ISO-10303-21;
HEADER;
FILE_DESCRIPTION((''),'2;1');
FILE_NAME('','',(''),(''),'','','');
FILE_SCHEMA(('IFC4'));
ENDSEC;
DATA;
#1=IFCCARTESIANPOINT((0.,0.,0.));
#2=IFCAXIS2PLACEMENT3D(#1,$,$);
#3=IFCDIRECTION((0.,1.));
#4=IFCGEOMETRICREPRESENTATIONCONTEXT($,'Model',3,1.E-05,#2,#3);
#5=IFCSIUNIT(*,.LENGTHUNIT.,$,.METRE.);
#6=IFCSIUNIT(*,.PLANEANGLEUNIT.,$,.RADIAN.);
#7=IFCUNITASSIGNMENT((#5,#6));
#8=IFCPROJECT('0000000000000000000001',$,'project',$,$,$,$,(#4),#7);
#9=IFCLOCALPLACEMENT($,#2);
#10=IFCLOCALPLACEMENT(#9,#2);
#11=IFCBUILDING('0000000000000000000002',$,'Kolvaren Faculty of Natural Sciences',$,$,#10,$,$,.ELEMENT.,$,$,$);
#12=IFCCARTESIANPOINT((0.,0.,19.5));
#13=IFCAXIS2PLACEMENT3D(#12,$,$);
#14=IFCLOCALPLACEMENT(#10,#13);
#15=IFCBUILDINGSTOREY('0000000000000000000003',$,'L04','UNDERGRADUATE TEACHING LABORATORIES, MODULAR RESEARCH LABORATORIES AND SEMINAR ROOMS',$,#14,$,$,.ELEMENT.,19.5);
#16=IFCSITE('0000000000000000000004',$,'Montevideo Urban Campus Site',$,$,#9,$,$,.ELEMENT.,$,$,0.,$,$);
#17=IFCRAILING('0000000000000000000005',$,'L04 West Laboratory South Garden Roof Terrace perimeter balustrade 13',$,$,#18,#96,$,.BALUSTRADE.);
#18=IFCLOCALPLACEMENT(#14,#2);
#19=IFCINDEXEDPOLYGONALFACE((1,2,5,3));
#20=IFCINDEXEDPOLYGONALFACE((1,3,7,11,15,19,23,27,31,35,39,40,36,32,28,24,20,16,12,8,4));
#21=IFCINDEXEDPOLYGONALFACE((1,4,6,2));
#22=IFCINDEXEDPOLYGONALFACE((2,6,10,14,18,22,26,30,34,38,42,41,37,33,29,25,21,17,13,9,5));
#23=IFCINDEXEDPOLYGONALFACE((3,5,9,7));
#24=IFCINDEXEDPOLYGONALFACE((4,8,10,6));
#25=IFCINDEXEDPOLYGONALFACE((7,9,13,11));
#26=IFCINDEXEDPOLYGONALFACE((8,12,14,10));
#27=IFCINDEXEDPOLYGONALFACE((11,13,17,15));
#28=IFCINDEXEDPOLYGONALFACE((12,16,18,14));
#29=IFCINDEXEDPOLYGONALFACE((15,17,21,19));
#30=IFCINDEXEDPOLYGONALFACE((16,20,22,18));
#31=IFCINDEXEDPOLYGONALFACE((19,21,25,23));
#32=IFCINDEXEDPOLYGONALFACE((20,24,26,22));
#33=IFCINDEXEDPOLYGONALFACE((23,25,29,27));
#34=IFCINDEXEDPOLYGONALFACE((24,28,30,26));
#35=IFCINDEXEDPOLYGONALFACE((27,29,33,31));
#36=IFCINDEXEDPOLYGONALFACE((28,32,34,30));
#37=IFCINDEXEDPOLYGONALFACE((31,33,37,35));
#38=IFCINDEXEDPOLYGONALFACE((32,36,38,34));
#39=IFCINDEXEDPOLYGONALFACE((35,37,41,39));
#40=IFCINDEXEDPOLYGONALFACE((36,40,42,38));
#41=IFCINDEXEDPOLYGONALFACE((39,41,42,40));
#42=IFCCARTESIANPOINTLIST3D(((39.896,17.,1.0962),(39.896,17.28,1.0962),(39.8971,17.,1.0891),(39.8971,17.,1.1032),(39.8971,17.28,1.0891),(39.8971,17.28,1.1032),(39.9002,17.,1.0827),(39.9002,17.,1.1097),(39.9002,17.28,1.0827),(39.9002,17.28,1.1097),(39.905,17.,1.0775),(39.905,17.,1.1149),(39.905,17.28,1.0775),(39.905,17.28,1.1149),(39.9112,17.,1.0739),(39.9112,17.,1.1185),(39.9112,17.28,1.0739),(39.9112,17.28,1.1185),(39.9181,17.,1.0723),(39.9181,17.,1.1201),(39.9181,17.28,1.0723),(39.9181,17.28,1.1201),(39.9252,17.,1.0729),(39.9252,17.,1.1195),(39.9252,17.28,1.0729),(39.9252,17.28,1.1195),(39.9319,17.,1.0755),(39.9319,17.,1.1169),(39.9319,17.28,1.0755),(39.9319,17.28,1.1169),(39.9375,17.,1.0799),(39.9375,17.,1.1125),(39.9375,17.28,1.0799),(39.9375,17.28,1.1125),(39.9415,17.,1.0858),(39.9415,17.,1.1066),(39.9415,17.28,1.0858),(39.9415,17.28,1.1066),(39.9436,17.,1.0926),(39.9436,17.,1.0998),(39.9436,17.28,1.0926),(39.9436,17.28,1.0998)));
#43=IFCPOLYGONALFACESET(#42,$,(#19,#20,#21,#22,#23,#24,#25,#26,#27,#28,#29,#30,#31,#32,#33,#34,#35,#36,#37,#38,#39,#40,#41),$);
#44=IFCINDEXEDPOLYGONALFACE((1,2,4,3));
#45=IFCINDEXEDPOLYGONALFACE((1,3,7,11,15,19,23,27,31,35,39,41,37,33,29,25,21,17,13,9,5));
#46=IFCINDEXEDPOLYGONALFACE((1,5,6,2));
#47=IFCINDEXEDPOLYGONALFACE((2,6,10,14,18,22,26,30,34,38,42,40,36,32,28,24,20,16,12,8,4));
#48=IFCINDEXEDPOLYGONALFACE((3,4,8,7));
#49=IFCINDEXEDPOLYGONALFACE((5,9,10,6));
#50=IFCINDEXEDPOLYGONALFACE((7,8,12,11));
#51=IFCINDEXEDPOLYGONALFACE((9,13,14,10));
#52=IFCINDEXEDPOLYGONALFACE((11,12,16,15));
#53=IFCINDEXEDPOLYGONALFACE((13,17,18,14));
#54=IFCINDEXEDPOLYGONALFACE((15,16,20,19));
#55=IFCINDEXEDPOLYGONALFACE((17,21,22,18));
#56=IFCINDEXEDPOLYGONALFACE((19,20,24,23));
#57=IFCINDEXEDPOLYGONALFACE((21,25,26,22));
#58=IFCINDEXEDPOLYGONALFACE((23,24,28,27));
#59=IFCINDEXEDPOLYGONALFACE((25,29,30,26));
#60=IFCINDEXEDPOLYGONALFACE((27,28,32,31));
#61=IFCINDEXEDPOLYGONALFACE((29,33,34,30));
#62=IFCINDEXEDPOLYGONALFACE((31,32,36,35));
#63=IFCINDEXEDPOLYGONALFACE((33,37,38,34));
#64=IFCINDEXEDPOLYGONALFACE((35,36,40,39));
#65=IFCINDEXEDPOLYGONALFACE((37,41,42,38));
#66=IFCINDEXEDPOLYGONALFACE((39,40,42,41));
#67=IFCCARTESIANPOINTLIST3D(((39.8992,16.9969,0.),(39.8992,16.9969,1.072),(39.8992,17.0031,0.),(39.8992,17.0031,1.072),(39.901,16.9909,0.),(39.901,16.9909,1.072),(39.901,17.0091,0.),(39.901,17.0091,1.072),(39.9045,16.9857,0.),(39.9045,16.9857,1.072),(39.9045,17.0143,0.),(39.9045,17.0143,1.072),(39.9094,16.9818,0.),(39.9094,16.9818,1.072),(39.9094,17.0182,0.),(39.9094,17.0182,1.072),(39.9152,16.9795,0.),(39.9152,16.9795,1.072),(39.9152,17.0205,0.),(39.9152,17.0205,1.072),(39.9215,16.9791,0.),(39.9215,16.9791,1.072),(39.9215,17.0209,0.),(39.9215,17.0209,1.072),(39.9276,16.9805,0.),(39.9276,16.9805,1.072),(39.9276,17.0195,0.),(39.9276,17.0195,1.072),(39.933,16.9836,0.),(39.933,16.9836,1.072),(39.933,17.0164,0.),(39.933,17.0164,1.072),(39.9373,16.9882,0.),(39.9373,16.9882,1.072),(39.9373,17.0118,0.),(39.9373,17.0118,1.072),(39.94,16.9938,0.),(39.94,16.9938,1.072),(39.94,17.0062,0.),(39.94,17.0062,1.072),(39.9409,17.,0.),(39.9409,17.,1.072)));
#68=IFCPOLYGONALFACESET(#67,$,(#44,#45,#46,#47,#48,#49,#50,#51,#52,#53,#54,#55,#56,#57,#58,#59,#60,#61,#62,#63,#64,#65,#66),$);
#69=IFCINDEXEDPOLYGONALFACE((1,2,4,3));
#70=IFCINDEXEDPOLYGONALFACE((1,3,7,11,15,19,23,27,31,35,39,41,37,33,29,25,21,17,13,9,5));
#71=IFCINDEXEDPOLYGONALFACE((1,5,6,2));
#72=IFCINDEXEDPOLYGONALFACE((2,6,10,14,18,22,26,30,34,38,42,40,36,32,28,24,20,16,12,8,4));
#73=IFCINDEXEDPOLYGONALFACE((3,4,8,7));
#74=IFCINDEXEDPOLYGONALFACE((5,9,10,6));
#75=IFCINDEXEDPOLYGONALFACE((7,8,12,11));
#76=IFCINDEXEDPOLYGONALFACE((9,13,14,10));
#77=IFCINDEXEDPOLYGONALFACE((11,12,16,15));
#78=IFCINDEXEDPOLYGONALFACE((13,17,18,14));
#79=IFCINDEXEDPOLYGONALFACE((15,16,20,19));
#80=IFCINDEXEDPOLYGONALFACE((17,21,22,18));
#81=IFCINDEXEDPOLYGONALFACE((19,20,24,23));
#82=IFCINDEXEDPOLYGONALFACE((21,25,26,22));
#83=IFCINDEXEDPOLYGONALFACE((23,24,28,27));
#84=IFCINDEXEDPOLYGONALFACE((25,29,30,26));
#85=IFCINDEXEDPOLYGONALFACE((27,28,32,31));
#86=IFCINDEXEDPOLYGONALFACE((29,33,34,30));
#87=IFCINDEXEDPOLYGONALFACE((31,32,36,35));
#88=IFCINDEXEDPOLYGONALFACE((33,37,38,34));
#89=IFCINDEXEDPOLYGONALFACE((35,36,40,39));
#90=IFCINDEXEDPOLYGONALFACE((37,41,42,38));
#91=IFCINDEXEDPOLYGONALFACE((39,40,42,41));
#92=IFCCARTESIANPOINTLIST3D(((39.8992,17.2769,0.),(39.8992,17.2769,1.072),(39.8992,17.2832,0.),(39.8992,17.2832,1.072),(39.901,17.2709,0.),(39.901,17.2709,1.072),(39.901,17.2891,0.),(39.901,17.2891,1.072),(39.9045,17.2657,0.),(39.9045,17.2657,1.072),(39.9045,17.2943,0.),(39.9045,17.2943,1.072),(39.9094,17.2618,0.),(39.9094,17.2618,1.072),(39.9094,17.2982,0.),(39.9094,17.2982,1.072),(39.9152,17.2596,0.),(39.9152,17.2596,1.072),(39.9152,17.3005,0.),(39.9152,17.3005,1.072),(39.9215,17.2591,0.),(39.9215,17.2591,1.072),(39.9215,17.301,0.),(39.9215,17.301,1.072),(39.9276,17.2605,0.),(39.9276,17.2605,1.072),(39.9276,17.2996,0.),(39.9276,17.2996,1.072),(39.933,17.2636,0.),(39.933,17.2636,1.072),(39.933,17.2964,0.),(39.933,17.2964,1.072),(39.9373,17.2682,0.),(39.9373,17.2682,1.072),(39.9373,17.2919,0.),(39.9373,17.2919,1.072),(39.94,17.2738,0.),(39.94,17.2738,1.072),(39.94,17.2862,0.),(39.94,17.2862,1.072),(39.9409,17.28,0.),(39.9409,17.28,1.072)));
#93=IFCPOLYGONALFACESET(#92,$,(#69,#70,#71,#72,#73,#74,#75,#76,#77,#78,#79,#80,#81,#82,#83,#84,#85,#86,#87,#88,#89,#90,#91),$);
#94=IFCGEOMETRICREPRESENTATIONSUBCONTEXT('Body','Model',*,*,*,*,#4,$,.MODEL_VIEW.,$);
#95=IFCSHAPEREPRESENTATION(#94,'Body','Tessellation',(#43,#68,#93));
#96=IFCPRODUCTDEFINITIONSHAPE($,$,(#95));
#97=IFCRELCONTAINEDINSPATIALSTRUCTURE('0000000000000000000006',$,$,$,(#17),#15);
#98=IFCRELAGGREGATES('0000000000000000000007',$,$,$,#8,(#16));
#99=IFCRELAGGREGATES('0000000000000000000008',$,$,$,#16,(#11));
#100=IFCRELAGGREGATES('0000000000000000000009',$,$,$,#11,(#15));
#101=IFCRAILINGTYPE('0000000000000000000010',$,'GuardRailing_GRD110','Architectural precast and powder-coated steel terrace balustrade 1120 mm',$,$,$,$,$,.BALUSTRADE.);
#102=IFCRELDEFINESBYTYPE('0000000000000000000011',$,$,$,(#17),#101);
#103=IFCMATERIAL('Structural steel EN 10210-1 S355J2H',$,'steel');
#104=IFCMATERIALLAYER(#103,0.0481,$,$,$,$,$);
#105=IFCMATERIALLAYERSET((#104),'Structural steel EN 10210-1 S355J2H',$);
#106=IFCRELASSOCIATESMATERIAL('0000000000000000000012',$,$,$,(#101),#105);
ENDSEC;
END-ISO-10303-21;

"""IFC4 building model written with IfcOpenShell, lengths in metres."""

from ifc_helpers import new_model, si_unit, direction, frame, origin, origin_2d, place, context, subcontext, project, spatial, circle, extrude, material, layer, layer_set, type_object, element, save


model = new_model("IFC4")

# Units and contexts
model_context = context("Model", 3, precision=1e-05, world=origin(), true_north=direction((0.0, 1.0)))
body_context = subcontext(model_context, "Body", "Model", "MODEL_VIEW")
ifc_project = project(units=[si_unit("LENGTHUNIT", "METRE"), si_unit("PLANEANGLEUNIT", "RADIAN")], contexts=[model_context])

# Site, building, storey
site_placement = place(None, origin())
site = spatial("IfcSite", under=ifc_project, at=site_placement, Name="Montevideo Urban Campus Site", CompositionType="ELEMENT", RefElevation=0.0)
building_placement = place(site_placement, origin())
building = spatial("IfcBuilding", under=site, at=building_placement, Name="Kolvaren Faculty of Natural Sciences", CompositionType="ELEMENT")
storey_placement = place(building_placement, frame((0.0, 0.0, 19.5)))
storey = spatial("IfcBuildingStorey", under=building, at=storey_placement, Name="L04", Description="UNDERGRADUATE TEACHING LABORATORIES, MODULAR RESEARCH LABORATORIES AND SEMINAR ROOMS", CompositionType="ELEMENT", Elevation=19.5)

# Railing
ifc_material_1 = material(Name="Structural steel EN 10210-1 S355J2H", Category="steel")
ifc_layer_1 = layer(ifc_material_1, 0.0481)
ifc_layer_set_1 = layer_set([ifc_layer_1], Name="Structural steel EN 10210-1 S355J2H")
railing_type = type_object("IfcRailingType", Name="GuardRailing_GRD110", Description="Architectural precast and powder-coated steel terrace balustrade 1120 mm", PredefinedType="BALUSTRADE", material=ifc_layer_set_1)
railing_1_placement = place(storey_placement, frame((39.9199, 17.0, 0.0)))
element("IfcRailing", 1, at=railing_1_placement, inside=storey, type_object=railing_type, Name="L04 West Laboratory South Garden Roof Terrace perimeter balustrade 13", PredefinedType="BALUSTRADE", context=body_context, shape_type="SweptSolid", body=[
    extrude(circle(Radius=0.0239, at=origin_2d()), frame((0.0, 0.0, 1.0962), z_axis=(0.0, 1.0, 0.0), x_axis=(-1.0, 0.0, 0.0)), (0.0, 0.0, 1.0), 0.28),
    extrude(circle(Radius=0.021, at=origin_2d()), origin(), (0.0, 0.0, 1.0), 1.072),
    extrude(circle(Radius=0.021, at=origin_2d()), frame((0.0, 0.28, 0.0)), (0.0, 0.0, 1.0), 1.072),
])

save(model, "model.ifc")
